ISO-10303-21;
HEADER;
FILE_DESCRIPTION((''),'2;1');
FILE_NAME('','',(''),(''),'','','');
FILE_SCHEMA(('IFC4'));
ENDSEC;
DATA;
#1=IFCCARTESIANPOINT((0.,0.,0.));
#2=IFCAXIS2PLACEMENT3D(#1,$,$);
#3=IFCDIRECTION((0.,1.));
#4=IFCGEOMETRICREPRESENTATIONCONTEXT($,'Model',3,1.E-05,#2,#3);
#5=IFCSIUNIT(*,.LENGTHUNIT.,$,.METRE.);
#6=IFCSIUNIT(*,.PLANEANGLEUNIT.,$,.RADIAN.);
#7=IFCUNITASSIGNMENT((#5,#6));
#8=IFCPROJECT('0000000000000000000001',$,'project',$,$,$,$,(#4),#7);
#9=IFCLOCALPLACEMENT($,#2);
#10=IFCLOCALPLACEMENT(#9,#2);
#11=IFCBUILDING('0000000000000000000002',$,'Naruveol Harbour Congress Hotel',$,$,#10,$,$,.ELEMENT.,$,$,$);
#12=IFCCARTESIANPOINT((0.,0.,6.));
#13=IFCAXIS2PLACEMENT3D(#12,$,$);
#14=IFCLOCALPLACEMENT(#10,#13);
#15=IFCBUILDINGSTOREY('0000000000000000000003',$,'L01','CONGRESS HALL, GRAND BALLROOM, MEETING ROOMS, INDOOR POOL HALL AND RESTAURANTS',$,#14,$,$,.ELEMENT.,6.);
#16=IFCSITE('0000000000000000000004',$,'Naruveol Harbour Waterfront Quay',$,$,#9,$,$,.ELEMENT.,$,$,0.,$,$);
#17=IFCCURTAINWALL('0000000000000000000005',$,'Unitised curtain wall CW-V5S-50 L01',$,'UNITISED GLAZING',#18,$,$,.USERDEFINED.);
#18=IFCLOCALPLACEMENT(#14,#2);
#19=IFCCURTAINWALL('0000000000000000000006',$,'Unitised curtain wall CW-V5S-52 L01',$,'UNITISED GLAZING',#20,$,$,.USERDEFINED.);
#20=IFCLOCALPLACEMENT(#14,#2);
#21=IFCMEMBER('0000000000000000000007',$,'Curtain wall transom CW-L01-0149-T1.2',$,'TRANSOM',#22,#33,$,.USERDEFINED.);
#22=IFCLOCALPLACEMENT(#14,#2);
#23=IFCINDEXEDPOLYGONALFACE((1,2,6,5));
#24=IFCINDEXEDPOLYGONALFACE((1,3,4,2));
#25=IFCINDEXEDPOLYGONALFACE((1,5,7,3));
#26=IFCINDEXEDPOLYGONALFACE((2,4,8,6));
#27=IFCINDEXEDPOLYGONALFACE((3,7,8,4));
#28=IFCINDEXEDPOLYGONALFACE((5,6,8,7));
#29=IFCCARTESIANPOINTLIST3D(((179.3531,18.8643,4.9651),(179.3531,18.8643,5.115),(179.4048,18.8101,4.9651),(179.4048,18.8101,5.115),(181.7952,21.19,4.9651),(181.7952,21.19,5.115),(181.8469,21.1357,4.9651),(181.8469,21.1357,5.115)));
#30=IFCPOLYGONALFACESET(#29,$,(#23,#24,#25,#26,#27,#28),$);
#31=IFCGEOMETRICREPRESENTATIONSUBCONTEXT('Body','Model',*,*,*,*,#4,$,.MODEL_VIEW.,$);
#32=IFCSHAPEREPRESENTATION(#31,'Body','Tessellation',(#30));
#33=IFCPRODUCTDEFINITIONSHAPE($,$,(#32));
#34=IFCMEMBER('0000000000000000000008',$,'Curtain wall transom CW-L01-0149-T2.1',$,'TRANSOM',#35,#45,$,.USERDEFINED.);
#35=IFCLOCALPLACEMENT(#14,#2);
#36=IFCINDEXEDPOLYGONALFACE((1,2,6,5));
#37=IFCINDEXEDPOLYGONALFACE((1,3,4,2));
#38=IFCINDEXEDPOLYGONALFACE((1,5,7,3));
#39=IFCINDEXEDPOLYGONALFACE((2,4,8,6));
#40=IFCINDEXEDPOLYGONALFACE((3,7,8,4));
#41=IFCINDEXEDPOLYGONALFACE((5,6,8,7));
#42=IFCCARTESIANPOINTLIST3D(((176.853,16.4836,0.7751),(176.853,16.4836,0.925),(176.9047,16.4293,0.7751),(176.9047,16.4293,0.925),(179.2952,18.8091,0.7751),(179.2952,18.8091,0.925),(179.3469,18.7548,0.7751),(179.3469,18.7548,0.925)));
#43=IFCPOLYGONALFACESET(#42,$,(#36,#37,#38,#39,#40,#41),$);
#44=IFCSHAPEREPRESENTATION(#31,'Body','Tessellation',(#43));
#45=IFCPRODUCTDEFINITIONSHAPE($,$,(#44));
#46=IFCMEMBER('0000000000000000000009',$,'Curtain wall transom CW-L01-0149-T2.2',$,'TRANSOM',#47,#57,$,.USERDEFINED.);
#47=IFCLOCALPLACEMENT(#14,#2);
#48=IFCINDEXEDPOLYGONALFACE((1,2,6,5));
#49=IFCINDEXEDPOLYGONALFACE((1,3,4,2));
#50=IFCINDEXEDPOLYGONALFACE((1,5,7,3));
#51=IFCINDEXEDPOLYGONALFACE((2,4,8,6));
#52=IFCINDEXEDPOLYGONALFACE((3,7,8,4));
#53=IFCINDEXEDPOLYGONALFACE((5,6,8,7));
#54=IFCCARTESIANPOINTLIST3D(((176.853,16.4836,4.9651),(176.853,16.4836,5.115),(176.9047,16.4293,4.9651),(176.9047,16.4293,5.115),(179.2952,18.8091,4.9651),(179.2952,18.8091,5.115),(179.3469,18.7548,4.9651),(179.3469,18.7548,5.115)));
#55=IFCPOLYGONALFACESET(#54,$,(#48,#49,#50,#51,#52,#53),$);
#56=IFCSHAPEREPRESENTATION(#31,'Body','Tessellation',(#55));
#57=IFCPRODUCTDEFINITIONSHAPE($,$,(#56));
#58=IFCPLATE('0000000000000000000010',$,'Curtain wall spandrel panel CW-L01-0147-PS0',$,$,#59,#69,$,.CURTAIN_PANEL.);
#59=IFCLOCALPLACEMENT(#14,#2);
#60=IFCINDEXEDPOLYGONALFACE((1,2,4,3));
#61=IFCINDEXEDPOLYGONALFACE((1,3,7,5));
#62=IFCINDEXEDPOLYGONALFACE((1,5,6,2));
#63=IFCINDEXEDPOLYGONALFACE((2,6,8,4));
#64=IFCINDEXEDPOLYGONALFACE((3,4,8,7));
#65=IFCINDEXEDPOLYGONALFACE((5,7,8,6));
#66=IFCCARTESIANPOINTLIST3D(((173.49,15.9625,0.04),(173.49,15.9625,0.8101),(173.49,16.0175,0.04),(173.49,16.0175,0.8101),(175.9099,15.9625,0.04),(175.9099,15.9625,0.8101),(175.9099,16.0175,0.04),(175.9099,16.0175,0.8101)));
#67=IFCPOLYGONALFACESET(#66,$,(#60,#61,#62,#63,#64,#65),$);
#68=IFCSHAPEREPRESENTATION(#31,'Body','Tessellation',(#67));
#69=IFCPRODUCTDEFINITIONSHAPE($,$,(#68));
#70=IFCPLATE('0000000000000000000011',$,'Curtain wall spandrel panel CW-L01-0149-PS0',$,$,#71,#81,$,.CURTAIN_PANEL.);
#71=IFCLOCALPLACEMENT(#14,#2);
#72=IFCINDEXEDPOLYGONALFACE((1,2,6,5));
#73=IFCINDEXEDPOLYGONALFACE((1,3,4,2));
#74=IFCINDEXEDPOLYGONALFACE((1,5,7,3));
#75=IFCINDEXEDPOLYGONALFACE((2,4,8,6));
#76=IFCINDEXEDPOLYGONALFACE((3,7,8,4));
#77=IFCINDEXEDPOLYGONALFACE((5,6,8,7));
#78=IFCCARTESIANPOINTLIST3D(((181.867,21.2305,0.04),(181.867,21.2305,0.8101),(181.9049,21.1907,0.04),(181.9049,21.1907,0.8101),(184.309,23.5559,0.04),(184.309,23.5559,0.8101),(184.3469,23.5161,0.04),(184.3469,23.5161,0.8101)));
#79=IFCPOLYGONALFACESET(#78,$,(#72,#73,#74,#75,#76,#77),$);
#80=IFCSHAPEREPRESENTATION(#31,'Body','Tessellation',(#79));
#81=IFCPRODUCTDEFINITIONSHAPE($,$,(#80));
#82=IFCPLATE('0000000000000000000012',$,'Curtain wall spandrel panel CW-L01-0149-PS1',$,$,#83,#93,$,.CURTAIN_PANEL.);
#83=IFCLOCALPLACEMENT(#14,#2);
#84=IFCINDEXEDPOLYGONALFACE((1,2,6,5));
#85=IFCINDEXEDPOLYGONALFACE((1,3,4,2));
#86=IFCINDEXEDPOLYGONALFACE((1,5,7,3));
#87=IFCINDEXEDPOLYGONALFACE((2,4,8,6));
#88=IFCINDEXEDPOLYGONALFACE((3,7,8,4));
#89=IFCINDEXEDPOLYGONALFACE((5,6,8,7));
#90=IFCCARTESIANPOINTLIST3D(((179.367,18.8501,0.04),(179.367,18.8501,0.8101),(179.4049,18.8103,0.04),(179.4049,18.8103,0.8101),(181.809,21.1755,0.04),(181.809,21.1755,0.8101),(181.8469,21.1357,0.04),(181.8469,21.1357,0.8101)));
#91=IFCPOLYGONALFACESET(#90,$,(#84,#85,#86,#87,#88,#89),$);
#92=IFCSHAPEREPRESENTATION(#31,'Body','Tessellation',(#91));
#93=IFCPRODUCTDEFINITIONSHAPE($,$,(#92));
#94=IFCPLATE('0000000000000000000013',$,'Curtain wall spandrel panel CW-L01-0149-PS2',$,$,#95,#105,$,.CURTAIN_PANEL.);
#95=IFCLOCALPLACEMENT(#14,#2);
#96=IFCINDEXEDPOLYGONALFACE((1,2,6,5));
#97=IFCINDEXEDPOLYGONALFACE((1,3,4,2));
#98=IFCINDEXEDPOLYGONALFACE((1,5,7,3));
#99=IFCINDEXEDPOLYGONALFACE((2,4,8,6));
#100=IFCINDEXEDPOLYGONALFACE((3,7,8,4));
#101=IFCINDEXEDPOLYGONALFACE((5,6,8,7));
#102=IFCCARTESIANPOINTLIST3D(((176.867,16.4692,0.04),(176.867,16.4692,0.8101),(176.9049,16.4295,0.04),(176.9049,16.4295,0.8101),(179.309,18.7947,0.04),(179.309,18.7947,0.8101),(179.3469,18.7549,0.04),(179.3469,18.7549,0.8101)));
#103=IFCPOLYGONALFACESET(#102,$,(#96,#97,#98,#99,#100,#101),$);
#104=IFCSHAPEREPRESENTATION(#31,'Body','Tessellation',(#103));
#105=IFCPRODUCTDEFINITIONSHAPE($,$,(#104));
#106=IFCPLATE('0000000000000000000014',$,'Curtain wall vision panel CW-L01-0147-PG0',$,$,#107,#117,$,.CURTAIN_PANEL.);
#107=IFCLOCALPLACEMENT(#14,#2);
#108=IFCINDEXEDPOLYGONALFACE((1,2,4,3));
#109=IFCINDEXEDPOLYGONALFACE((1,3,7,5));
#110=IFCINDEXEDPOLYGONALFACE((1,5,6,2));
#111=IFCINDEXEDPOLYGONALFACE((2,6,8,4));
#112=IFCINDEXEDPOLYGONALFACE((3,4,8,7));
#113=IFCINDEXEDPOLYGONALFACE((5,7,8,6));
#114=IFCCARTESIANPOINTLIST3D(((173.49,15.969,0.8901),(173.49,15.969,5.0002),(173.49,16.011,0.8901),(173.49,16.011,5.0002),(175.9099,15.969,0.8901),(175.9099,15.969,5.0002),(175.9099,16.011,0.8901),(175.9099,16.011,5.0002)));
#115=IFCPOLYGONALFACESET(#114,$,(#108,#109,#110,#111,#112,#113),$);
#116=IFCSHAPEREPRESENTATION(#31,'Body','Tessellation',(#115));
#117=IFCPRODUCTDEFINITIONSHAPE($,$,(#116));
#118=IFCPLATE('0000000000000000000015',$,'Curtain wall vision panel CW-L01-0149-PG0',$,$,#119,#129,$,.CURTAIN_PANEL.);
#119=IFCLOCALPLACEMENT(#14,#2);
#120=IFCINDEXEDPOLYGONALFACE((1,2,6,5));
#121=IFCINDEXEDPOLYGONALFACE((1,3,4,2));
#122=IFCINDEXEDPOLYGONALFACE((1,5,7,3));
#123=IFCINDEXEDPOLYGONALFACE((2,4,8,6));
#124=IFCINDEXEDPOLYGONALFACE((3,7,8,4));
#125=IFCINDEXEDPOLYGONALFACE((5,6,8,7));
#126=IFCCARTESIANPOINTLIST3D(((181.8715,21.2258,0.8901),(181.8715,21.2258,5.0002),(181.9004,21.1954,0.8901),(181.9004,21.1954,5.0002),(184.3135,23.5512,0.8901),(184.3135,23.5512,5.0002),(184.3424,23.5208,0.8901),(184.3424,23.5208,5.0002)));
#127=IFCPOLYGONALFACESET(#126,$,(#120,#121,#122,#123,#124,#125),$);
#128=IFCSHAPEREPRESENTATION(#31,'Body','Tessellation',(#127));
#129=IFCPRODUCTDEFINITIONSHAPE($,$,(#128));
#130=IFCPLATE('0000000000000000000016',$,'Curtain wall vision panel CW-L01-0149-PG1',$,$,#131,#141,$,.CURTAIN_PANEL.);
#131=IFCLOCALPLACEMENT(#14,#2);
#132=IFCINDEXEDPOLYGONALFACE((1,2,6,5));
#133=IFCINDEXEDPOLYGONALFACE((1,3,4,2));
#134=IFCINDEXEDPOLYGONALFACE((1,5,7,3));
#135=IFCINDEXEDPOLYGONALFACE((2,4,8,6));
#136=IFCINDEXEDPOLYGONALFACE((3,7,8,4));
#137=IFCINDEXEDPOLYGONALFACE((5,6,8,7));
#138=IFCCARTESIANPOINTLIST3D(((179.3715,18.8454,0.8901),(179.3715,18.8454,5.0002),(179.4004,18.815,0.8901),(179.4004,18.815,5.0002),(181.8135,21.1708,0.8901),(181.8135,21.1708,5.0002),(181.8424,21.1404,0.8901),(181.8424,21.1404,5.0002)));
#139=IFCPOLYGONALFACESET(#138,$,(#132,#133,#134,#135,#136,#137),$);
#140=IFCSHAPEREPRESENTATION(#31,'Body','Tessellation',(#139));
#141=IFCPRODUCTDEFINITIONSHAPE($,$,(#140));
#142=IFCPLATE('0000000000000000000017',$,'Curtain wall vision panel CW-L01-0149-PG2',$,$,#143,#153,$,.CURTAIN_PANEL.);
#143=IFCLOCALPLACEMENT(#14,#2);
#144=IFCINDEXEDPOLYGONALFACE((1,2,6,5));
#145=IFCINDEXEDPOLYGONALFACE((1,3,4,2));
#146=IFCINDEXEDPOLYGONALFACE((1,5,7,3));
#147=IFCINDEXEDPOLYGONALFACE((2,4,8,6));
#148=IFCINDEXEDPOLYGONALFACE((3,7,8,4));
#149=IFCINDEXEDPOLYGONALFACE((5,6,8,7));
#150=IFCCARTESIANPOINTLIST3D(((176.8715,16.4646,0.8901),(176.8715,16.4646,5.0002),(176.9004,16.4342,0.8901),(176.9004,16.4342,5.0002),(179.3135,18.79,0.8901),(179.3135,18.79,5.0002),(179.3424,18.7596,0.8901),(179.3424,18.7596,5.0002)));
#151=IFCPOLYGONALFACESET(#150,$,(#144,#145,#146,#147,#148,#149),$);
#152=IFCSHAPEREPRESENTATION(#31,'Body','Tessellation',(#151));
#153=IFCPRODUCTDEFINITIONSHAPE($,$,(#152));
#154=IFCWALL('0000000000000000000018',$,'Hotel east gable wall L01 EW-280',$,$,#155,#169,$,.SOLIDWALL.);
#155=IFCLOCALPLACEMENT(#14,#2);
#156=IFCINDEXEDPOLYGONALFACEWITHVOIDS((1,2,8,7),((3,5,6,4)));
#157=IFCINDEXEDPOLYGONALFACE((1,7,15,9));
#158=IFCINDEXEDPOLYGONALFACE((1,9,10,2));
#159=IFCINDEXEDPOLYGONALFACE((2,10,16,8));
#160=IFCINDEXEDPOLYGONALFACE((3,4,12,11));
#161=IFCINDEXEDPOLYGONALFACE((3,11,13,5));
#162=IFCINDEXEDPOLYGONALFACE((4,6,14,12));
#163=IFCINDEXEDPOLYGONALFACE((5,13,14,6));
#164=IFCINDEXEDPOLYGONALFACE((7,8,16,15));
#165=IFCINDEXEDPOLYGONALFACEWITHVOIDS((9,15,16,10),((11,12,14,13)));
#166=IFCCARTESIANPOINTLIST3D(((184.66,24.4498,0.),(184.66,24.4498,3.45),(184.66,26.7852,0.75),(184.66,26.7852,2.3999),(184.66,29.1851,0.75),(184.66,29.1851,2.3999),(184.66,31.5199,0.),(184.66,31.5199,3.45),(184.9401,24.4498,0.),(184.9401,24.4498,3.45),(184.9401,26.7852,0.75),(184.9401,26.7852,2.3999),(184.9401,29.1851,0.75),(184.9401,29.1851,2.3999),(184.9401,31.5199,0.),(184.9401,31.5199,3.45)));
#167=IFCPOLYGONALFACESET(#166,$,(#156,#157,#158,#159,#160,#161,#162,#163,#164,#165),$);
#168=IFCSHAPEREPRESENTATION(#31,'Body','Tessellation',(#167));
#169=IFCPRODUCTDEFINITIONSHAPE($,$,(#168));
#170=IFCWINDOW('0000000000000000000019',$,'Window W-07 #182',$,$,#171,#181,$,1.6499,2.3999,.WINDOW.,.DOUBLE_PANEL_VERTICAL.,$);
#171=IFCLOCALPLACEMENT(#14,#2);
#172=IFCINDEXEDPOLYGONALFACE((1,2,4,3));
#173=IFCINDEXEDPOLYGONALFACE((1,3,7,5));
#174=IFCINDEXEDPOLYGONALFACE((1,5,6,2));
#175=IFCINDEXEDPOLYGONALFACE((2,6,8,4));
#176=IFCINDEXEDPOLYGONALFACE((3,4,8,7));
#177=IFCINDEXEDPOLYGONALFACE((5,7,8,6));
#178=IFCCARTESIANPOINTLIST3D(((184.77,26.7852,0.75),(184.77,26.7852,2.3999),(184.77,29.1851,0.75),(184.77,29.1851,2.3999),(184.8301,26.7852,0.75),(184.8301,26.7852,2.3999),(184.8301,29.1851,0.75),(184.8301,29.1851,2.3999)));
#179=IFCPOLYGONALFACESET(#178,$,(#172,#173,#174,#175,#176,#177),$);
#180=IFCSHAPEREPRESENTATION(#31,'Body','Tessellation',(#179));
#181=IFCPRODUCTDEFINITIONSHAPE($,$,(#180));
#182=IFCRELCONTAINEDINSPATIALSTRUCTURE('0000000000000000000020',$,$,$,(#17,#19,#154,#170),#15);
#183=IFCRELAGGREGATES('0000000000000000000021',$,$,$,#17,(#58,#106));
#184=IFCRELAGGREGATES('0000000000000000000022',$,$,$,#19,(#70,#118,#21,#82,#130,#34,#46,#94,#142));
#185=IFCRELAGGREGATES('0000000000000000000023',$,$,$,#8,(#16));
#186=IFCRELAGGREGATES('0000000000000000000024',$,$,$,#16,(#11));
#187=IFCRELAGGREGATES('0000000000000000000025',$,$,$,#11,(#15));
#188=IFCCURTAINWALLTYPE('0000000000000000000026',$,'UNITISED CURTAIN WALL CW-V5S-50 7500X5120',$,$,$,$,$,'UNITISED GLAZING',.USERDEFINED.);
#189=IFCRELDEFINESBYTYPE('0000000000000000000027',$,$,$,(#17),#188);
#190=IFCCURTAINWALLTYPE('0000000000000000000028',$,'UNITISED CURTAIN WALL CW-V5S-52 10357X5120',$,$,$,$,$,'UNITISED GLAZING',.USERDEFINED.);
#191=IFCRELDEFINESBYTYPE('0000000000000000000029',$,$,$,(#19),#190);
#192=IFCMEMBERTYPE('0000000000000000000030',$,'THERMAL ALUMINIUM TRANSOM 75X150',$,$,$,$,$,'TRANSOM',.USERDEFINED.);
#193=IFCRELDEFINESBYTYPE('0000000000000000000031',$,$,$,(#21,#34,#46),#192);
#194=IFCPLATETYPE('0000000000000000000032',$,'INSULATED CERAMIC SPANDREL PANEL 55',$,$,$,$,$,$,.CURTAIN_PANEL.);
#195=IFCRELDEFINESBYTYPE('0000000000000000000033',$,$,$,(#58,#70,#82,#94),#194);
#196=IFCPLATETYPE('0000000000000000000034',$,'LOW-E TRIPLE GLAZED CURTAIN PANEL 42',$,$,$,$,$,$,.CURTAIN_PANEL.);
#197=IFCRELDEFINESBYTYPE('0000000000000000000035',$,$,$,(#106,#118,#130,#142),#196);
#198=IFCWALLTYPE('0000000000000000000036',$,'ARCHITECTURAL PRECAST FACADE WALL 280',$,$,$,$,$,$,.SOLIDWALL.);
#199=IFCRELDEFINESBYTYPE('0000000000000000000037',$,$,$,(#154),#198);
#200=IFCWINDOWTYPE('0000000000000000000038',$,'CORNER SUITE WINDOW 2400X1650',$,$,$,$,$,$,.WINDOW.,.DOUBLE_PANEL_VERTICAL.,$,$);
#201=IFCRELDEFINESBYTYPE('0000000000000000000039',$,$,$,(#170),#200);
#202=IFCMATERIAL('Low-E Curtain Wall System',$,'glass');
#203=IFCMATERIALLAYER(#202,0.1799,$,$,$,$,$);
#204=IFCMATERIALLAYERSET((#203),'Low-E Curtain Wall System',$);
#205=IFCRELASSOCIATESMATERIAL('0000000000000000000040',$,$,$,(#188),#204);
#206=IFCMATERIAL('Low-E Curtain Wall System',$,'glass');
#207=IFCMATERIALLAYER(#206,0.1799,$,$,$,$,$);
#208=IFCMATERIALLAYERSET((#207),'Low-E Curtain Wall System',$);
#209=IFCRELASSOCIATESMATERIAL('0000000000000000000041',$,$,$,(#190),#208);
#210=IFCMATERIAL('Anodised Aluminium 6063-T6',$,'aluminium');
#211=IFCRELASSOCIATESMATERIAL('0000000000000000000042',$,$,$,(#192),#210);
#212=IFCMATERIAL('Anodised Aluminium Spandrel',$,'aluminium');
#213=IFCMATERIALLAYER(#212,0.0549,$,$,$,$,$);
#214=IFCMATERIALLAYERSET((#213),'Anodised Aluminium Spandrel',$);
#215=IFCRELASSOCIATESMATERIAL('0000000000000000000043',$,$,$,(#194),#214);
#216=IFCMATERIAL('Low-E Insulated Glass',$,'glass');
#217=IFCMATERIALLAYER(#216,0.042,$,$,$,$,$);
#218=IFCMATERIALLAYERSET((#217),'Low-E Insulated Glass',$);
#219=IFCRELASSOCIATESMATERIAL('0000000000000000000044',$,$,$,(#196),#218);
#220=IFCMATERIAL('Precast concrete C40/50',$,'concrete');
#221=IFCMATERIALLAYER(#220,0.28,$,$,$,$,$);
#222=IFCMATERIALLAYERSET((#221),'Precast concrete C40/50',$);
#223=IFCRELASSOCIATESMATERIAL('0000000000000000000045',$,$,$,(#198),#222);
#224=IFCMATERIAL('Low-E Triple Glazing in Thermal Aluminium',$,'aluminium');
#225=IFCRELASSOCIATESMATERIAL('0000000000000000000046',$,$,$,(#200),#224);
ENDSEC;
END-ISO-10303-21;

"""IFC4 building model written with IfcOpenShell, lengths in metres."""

from ifc_helpers import new_model, si_unit, direction, frame, frame_2d, origin, origin_2d, place, context, subcontext, project, spatial, rectangle, extrude, material, layer, layer_set, material_profile, profile_set, type_object, element, fill, aggregate, save


model = new_model("IFC4")

# Units and contexts
model_context = context("Model", 3, precision=1e-05, world=origin(), true_north=direction((0.0, 1.0)))
body_context = subcontext(model_context, "Body", "Model", "MODEL_VIEW")
ifc_project = project(units=[si_unit("LENGTHUNIT", "METRE"), si_unit("PLANEANGLEUNIT", "RADIAN")], contexts=[model_context])

# Site, building, storey
site_placement = place(None, origin())
site = spatial("IfcSite", under=ifc_project, at=site_placement, Name="Naruveol Harbour Waterfront Quay", CompositionType="ELEMENT", RefElevation=0.0)
building_placement = place(site_placement, origin())
building = spatial("IfcBuilding", under=site, at=building_placement, Name="Naruveol Harbour Congress Hotel", CompositionType="ELEMENT")
storey_placement = place(building_placement, frame((0.0, 0.0, 6.0)))
storey = spatial("IfcBuildingStorey", under=building, at=storey_placement, Name="L01", Description="CONGRESS HALL, GRAND BALLROOM, MEETING ROOMS, INDOOR POOL HALL AND RESTAURANTS", CompositionType="ELEMENT", Elevation=6.0)

# Curtain wall
ifc_material_1 = material(Name="Low-E Curtain Wall System", Category="glass")
ifc_layer_1 = layer(ifc_material_1, 0.1799)
ifc_layer_set_1 = layer_set([ifc_layer_1], Name="Low-E Curtain Wall System")
curtain_wall_type_1 = type_object("IfcCurtainWallType", Name="UNITISED CURTAIN WALL CW-V5S-50 7500X5120", ElementType="UNITISED GLAZING", PredefinedType="USERDEFINED", material=ifc_layer_set_1)
curtain_wall_1_placement = place(storey_placement, origin())
curtain_wall_1 = element("IfcCurtainWall", 1, at=curtain_wall_1_placement, inside=storey, type_object=curtain_wall_type_1, Name="Unitised curtain wall CW-V5S-50 L01", ObjectType="UNITISED GLAZING", PredefinedType="USERDEFINED")

# Curtain wall
ifc_material_2 = material(Name="Low-E Curtain Wall System", Category="glass")
ifc_layer_2 = layer(ifc_material_2, 0.1799)
ifc_layer_set_2 = layer_set([ifc_layer_2], Name="Low-E Curtain Wall System")
curtain_wall_type_2 = type_object("IfcCurtainWallType", Name="UNITISED CURTAIN WALL CW-V5S-52 10357X5120", ElementType="UNITISED GLAZING", PredefinedType="USERDEFINED", material=ifc_layer_set_2)
curtain_wall_2_placement = place(storey_placement, origin())
curtain_wall_2 = element("IfcCurtainWall", 2, at=curtain_wall_2_placement, inside=storey, type_object=curtain_wall_type_2, Name="Unitised curtain wall CW-V5S-52 L01", ObjectType="UNITISED GLAZING", PredefinedType="USERDEFINED")

# Members
ifc_material_3 = material(Name="Anodised Aluminium 6063-T6", Category="aluminium")
ifc_material_profile_1 = material_profile(ifc_material_3, rectangle(XDim=0.075, YDim=0.1499, at=origin_2d()), Name="ALU-75x150")
ifc_profile_set_1 = profile_set([ifc_material_profile_1], Name="Anodised Aluminium 6063-T6")
member_type_1 = type_object("IfcMemberType", Name="THERMAL ALUMINIUM TRANSOM 75X150", ElementType="TRANSOM", PredefinedType="USERDEFINED", material=ifc_profile_set_1)
member_1_placement = place(storey_placement, frame((181.821, 21.1628, 5.04), z_axis=(-0.724162, -0.68963, 0.0), x_axis=(0.68963, -0.724162, 0.0)))
member_1 = element("IfcMember", 3, at=member_1_placement, type_object=member_type_1, Name="Curtain wall transom CW-L01-0149-T1.2", ObjectType="TRANSOM", PredefinedType="USERDEFINED", context=body_context, shape_type="SweptSolid", body=[
    extrude(rectangle(XDim=0.075, YDim=0.1499, at=origin_2d()), origin(), (0.0, 0.0, 1.0), 3.3723),
])
member_2_placement = place(storey_placement, frame((179.321, 18.782, 0.8501), z_axis=(-0.724198, -0.689592, 0.0), x_axis=(0.689592, -0.724198, 0.0)))
member_2 = element("IfcMember", 4, at=member_2_placement, type_object=member_type_1, Name="Curtain wall transom CW-L01-0149-T2.1", ObjectType="TRANSOM", PredefinedType="USERDEFINED", context=body_context, shape_type="SweptSolid", body=[
    extrude(rectangle(XDim=0.075, YDim=0.1499, at=origin_2d()), origin(), (0.0, 0.0, 1.0), 3.3723),
])
member_3_placement = place(storey_placement, frame((179.321, 18.782, 5.04), z_axis=(-0.724198, -0.689592, 0.0), x_axis=(0.689592, -0.724198, 0.0)))
member_3 = element("IfcMember", 5, at=member_3_placement, type_object=member_type_1, Name="Curtain wall transom CW-L01-0149-T2.2", ObjectType="TRANSOM", PredefinedType="USERDEFINED", context=body_context, shape_type="SweptSolid", body=[
    extrude(rectangle(XDim=0.075, YDim=0.1499, at=origin_2d()), origin(), (0.0, 0.0, 1.0), 3.3723),
])

# Plates
ifc_material_4 = material(Name="Anodised Aluminium Spandrel", Category="aluminium")
ifc_layer_3 = layer(ifc_material_4, 0.0549)
ifc_layer_set_3 = layer_set([ifc_layer_3], Name="Anodised Aluminium Spandrel")
plate_type_1 = type_object("IfcPlateType", Name="INSULATED CERAMIC SPANDREL PANEL 55", PredefinedType="CURTAIN_PANEL", material=ifc_layer_set_3)
plate_1_placement = place(storey_placement, frame((174.7, 15.99, 0.04), z_axis=(0.0, 0.0, 1.0), x_axis=(-1.0, 0.0, 0.0)))
plate_1 = element("IfcPlate", 6, at=plate_1_placement, type_object=plate_type_1, Name="Curtain wall spandrel panel CW-L01-0147-PS0", PredefinedType="CURTAIN_PANEL", context=body_context, shape_type="SweptSolid", body=[
    extrude(rectangle(XDim=2.4199, YDim=0.0549, at=origin_2d()), origin(), (0.0, 0.0, 1.0), 0.77),
])
plate_2_placement = place(storey_placement, frame((183.1069, 22.3733, 0.04), z_axis=(0.0, 0.0, 1.0), x_axis=(-0.724184, -0.689607, 0.0)))
plate_2 = element("IfcPlate", 7, at=plate_2_placement, type_object=plate_type_1, Name="Curtain wall spandrel panel CW-L01-0149-PS0", PredefinedType="CURTAIN_PANEL", context=body_context, shape_type="SweptSolid", body=[
    extrude(rectangle(XDim=3.3721, YDim=0.0549, at=origin_2d()), origin(), (0.0, 0.0, 1.0), 0.77),
])
plate_3_placement = place(storey_placement, frame((180.6069, 19.9929, 0.04), z_axis=(0.0, 0.0, 1.0), x_axis=(-0.724184, -0.689607, 0.0)))
plate_3 = element("IfcPlate", 8, at=plate_3_placement, type_object=plate_type_1, Name="Curtain wall spandrel panel CW-L01-0149-PS1", PredefinedType="CURTAIN_PANEL", context=body_context, shape_type="SweptSolid", body=[
    extrude(rectangle(XDim=3.3721, YDim=0.0549, at=origin_2d()), origin(), (0.0, 0.0, 1.0), 0.77),
])
plate_4_placement = place(storey_placement, frame((178.1069, 17.6121, 0.04), z_axis=(0.0, 0.0, 1.0), x_axis=(-0.724184, -0.689607, 0.0)))
plate_4 = element("IfcPlate", 9, at=plate_4_placement, type_object=plate_type_1, Name="Curtain wall spandrel panel CW-L01-0149-PS2", PredefinedType="CURTAIN_PANEL", context=body_context, shape_type="SweptSolid", body=[
    extrude(rectangle(XDim=3.3721, YDim=0.0549, at=origin_2d()), origin(), (0.0, 0.0, 1.0), 0.77),
])
ifc_material_5 = material(Name="Low-E Insulated Glass", Category="glass")
ifc_layer_4 = layer(ifc_material_5, 0.042)
ifc_layer_set_4 = layer_set([ifc_layer_4], Name="Low-E Insulated Glass")
plate_type_2 = type_object("IfcPlateType", Name="LOW-E TRIPLE GLAZED CURTAIN PANEL 42", PredefinedType="CURTAIN_PANEL", material=ifc_layer_set_4)
plate_5_placement = place(storey_placement, frame((174.7, 15.99, 0.8901), z_axis=(0.0, 0.0, 1.0), x_axis=(-1.0, 0.0, 0.0)))
plate_5 = element("IfcPlate", 10, at=plate_5_placement, type_object=plate_type_2, Name="Curtain wall vision panel CW-L01-0147-PG0", PredefinedType="CURTAIN_PANEL", context=body_context, shape_type="SweptSolid", body=[
    extrude(rectangle(XDim=2.4199, YDim=0.042, at=origin_2d()), origin(), (0.0, 0.0, 1.0), 4.1101),
])
aggregate(curtain_wall_1, [plate_1, plate_5])
plate_6_placement = place(storey_placement, frame((183.1069, 22.3733, 0.8901), z_axis=(0.0, 0.0, 1.0), x_axis=(-0.724184, -0.689607, 0.0)))
plate_6 = element("IfcPlate", 11, at=plate_6_placement, type_object=plate_type_2, Name="Curtain wall vision panel CW-L01-0149-PG0", PredefinedType="CURTAIN_PANEL", context=body_context, shape_type="SweptSolid", body=[
    extrude(rectangle(XDim=3.3721, YDim=0.042, at=origin_2d()), origin(), (0.0, 0.0, 1.0), 4.1101),
])
plate_7_placement = place(storey_placement, frame((180.6069, 19.9929, 0.8901), z_axis=(0.0, 0.0, 1.0), x_axis=(-0.724184, -0.689607, 0.0)))
plate_7 = element("IfcPlate", 12, at=plate_7_placement, type_object=plate_type_2, Name="Curtain wall vision panel CW-L01-0149-PG1", PredefinedType="CURTAIN_PANEL", context=body_context, shape_type="SweptSolid", body=[
    extrude(rectangle(XDim=3.3721, YDim=0.042, at=origin_2d()), origin(), (0.0, 0.0, 1.0), 4.1101),
])
plate_8_placement = place(storey_placement, frame((178.1069, 17.6121, 0.8901), z_axis=(0.0, 0.0, 1.0), x_axis=(-0.724184, -0.689607, 0.0)))
plate_8 = element("IfcPlate", 13, at=plate_8_placement, type_object=plate_type_2, Name="Curtain wall vision panel CW-L01-0149-PG2", PredefinedType="CURTAIN_PANEL", context=body_context, shape_type="SweptSolid", body=[
    extrude(rectangle(XDim=3.3721, YDim=0.042, at=origin_2d()), origin(), (0.0, 0.0, 1.0), 4.1101),
])
aggregate(curtain_wall_2, [plate_2, plate_6, member_1, plate_3, plate_7, member_2, member_3, plate_4, plate_8])

# Wall, opening, window
ifc_material_6 = material(Name="Precast concrete C40/50", Category="concrete")
ifc_layer_5 = layer(ifc_material_6, 0.28)
ifc_layer_set_5 = layer_set([ifc_layer_5], Name="Precast concrete C40/50")
wall_type_1 = type_object("IfcWallType", Name="ARCHITECTURAL PRECAST FACADE WALL 280", PredefinedType="SOLIDWALL", material=ifc_layer_set_5)
wall_1_placement = place(storey_placement, frame((184.8, 31.52, 0.0), z_axis=(0.0, 0.0, 1.0), x_axis=(0.0, -1.0, 0.0)))
wall_1 = element("IfcWall", 14, at=wall_1_placement, inside=storey, type_object=wall_type_1, Name="Hotel east gable wall L01 EW-280", PredefinedType="SOLIDWALL", context=body_context, shape_type="SweptSolid", body=[
    extrude(rectangle(XDim=7.0701, YDim=0.28, at=frame_2d((3.5352, 0.0))), origin(), (0.0, 0.0, 1.0), 3.45),
])
opening_placement = place(wall_1_placement, frame((2.335, 0.0, 0.75)))
opening = element("IfcOpeningElement", 15, at=opening_placement, cuts=wall_1, PredefinedType="OPENING", context=body_context, shape_type="SweptSolid", body=[
    extrude(rectangle(XDim=2.3999, YDim=1.6499, at=frame_2d((1.2, 0.825))), frame((0.0, 0.1499, 0.0), z_axis=(0.0, -1.0, 0.0), x_axis=(1.0, 0.0, 0.0)), (0.0, 0.0, 1.0), 0.3),
])
ifc_material_7 = material(Name="Low-E Triple Glazing in Thermal Aluminium", Category="aluminium")
window_type = type_object("IfcWindowType", Name="CORNER SUITE WINDOW 2400X1650", PartitioningType="DOUBLE_PANEL_VERTICAL", PredefinedType="WINDOW", material=ifc_material_7)
window_placement = place(opening_placement, origin())
window = element("IfcWindow", 16, at=window_placement, inside=storey, type_object=window_type, Name="Window W-07 #182", OverallHeight=1.6499, OverallWidth=2.3999, PartitioningType="DOUBLE_PANEL_VERTICAL", PredefinedType="WINDOW", context=body_context, shape_type="SweptSolid", body=[
    extrude(rectangle(XDim=2.3999, YDim=1.6499, at=frame_2d((1.2, 0.825))), frame((0.0, 0.03, 0.0), z_axis=(0.0, -1.0, 0.0), x_axis=(1.0, 0.0, 0.0)), (0.0, 0.0, 1.0), 0.0601),
])
fill(opening, window)

save(model, "model.ifc")
